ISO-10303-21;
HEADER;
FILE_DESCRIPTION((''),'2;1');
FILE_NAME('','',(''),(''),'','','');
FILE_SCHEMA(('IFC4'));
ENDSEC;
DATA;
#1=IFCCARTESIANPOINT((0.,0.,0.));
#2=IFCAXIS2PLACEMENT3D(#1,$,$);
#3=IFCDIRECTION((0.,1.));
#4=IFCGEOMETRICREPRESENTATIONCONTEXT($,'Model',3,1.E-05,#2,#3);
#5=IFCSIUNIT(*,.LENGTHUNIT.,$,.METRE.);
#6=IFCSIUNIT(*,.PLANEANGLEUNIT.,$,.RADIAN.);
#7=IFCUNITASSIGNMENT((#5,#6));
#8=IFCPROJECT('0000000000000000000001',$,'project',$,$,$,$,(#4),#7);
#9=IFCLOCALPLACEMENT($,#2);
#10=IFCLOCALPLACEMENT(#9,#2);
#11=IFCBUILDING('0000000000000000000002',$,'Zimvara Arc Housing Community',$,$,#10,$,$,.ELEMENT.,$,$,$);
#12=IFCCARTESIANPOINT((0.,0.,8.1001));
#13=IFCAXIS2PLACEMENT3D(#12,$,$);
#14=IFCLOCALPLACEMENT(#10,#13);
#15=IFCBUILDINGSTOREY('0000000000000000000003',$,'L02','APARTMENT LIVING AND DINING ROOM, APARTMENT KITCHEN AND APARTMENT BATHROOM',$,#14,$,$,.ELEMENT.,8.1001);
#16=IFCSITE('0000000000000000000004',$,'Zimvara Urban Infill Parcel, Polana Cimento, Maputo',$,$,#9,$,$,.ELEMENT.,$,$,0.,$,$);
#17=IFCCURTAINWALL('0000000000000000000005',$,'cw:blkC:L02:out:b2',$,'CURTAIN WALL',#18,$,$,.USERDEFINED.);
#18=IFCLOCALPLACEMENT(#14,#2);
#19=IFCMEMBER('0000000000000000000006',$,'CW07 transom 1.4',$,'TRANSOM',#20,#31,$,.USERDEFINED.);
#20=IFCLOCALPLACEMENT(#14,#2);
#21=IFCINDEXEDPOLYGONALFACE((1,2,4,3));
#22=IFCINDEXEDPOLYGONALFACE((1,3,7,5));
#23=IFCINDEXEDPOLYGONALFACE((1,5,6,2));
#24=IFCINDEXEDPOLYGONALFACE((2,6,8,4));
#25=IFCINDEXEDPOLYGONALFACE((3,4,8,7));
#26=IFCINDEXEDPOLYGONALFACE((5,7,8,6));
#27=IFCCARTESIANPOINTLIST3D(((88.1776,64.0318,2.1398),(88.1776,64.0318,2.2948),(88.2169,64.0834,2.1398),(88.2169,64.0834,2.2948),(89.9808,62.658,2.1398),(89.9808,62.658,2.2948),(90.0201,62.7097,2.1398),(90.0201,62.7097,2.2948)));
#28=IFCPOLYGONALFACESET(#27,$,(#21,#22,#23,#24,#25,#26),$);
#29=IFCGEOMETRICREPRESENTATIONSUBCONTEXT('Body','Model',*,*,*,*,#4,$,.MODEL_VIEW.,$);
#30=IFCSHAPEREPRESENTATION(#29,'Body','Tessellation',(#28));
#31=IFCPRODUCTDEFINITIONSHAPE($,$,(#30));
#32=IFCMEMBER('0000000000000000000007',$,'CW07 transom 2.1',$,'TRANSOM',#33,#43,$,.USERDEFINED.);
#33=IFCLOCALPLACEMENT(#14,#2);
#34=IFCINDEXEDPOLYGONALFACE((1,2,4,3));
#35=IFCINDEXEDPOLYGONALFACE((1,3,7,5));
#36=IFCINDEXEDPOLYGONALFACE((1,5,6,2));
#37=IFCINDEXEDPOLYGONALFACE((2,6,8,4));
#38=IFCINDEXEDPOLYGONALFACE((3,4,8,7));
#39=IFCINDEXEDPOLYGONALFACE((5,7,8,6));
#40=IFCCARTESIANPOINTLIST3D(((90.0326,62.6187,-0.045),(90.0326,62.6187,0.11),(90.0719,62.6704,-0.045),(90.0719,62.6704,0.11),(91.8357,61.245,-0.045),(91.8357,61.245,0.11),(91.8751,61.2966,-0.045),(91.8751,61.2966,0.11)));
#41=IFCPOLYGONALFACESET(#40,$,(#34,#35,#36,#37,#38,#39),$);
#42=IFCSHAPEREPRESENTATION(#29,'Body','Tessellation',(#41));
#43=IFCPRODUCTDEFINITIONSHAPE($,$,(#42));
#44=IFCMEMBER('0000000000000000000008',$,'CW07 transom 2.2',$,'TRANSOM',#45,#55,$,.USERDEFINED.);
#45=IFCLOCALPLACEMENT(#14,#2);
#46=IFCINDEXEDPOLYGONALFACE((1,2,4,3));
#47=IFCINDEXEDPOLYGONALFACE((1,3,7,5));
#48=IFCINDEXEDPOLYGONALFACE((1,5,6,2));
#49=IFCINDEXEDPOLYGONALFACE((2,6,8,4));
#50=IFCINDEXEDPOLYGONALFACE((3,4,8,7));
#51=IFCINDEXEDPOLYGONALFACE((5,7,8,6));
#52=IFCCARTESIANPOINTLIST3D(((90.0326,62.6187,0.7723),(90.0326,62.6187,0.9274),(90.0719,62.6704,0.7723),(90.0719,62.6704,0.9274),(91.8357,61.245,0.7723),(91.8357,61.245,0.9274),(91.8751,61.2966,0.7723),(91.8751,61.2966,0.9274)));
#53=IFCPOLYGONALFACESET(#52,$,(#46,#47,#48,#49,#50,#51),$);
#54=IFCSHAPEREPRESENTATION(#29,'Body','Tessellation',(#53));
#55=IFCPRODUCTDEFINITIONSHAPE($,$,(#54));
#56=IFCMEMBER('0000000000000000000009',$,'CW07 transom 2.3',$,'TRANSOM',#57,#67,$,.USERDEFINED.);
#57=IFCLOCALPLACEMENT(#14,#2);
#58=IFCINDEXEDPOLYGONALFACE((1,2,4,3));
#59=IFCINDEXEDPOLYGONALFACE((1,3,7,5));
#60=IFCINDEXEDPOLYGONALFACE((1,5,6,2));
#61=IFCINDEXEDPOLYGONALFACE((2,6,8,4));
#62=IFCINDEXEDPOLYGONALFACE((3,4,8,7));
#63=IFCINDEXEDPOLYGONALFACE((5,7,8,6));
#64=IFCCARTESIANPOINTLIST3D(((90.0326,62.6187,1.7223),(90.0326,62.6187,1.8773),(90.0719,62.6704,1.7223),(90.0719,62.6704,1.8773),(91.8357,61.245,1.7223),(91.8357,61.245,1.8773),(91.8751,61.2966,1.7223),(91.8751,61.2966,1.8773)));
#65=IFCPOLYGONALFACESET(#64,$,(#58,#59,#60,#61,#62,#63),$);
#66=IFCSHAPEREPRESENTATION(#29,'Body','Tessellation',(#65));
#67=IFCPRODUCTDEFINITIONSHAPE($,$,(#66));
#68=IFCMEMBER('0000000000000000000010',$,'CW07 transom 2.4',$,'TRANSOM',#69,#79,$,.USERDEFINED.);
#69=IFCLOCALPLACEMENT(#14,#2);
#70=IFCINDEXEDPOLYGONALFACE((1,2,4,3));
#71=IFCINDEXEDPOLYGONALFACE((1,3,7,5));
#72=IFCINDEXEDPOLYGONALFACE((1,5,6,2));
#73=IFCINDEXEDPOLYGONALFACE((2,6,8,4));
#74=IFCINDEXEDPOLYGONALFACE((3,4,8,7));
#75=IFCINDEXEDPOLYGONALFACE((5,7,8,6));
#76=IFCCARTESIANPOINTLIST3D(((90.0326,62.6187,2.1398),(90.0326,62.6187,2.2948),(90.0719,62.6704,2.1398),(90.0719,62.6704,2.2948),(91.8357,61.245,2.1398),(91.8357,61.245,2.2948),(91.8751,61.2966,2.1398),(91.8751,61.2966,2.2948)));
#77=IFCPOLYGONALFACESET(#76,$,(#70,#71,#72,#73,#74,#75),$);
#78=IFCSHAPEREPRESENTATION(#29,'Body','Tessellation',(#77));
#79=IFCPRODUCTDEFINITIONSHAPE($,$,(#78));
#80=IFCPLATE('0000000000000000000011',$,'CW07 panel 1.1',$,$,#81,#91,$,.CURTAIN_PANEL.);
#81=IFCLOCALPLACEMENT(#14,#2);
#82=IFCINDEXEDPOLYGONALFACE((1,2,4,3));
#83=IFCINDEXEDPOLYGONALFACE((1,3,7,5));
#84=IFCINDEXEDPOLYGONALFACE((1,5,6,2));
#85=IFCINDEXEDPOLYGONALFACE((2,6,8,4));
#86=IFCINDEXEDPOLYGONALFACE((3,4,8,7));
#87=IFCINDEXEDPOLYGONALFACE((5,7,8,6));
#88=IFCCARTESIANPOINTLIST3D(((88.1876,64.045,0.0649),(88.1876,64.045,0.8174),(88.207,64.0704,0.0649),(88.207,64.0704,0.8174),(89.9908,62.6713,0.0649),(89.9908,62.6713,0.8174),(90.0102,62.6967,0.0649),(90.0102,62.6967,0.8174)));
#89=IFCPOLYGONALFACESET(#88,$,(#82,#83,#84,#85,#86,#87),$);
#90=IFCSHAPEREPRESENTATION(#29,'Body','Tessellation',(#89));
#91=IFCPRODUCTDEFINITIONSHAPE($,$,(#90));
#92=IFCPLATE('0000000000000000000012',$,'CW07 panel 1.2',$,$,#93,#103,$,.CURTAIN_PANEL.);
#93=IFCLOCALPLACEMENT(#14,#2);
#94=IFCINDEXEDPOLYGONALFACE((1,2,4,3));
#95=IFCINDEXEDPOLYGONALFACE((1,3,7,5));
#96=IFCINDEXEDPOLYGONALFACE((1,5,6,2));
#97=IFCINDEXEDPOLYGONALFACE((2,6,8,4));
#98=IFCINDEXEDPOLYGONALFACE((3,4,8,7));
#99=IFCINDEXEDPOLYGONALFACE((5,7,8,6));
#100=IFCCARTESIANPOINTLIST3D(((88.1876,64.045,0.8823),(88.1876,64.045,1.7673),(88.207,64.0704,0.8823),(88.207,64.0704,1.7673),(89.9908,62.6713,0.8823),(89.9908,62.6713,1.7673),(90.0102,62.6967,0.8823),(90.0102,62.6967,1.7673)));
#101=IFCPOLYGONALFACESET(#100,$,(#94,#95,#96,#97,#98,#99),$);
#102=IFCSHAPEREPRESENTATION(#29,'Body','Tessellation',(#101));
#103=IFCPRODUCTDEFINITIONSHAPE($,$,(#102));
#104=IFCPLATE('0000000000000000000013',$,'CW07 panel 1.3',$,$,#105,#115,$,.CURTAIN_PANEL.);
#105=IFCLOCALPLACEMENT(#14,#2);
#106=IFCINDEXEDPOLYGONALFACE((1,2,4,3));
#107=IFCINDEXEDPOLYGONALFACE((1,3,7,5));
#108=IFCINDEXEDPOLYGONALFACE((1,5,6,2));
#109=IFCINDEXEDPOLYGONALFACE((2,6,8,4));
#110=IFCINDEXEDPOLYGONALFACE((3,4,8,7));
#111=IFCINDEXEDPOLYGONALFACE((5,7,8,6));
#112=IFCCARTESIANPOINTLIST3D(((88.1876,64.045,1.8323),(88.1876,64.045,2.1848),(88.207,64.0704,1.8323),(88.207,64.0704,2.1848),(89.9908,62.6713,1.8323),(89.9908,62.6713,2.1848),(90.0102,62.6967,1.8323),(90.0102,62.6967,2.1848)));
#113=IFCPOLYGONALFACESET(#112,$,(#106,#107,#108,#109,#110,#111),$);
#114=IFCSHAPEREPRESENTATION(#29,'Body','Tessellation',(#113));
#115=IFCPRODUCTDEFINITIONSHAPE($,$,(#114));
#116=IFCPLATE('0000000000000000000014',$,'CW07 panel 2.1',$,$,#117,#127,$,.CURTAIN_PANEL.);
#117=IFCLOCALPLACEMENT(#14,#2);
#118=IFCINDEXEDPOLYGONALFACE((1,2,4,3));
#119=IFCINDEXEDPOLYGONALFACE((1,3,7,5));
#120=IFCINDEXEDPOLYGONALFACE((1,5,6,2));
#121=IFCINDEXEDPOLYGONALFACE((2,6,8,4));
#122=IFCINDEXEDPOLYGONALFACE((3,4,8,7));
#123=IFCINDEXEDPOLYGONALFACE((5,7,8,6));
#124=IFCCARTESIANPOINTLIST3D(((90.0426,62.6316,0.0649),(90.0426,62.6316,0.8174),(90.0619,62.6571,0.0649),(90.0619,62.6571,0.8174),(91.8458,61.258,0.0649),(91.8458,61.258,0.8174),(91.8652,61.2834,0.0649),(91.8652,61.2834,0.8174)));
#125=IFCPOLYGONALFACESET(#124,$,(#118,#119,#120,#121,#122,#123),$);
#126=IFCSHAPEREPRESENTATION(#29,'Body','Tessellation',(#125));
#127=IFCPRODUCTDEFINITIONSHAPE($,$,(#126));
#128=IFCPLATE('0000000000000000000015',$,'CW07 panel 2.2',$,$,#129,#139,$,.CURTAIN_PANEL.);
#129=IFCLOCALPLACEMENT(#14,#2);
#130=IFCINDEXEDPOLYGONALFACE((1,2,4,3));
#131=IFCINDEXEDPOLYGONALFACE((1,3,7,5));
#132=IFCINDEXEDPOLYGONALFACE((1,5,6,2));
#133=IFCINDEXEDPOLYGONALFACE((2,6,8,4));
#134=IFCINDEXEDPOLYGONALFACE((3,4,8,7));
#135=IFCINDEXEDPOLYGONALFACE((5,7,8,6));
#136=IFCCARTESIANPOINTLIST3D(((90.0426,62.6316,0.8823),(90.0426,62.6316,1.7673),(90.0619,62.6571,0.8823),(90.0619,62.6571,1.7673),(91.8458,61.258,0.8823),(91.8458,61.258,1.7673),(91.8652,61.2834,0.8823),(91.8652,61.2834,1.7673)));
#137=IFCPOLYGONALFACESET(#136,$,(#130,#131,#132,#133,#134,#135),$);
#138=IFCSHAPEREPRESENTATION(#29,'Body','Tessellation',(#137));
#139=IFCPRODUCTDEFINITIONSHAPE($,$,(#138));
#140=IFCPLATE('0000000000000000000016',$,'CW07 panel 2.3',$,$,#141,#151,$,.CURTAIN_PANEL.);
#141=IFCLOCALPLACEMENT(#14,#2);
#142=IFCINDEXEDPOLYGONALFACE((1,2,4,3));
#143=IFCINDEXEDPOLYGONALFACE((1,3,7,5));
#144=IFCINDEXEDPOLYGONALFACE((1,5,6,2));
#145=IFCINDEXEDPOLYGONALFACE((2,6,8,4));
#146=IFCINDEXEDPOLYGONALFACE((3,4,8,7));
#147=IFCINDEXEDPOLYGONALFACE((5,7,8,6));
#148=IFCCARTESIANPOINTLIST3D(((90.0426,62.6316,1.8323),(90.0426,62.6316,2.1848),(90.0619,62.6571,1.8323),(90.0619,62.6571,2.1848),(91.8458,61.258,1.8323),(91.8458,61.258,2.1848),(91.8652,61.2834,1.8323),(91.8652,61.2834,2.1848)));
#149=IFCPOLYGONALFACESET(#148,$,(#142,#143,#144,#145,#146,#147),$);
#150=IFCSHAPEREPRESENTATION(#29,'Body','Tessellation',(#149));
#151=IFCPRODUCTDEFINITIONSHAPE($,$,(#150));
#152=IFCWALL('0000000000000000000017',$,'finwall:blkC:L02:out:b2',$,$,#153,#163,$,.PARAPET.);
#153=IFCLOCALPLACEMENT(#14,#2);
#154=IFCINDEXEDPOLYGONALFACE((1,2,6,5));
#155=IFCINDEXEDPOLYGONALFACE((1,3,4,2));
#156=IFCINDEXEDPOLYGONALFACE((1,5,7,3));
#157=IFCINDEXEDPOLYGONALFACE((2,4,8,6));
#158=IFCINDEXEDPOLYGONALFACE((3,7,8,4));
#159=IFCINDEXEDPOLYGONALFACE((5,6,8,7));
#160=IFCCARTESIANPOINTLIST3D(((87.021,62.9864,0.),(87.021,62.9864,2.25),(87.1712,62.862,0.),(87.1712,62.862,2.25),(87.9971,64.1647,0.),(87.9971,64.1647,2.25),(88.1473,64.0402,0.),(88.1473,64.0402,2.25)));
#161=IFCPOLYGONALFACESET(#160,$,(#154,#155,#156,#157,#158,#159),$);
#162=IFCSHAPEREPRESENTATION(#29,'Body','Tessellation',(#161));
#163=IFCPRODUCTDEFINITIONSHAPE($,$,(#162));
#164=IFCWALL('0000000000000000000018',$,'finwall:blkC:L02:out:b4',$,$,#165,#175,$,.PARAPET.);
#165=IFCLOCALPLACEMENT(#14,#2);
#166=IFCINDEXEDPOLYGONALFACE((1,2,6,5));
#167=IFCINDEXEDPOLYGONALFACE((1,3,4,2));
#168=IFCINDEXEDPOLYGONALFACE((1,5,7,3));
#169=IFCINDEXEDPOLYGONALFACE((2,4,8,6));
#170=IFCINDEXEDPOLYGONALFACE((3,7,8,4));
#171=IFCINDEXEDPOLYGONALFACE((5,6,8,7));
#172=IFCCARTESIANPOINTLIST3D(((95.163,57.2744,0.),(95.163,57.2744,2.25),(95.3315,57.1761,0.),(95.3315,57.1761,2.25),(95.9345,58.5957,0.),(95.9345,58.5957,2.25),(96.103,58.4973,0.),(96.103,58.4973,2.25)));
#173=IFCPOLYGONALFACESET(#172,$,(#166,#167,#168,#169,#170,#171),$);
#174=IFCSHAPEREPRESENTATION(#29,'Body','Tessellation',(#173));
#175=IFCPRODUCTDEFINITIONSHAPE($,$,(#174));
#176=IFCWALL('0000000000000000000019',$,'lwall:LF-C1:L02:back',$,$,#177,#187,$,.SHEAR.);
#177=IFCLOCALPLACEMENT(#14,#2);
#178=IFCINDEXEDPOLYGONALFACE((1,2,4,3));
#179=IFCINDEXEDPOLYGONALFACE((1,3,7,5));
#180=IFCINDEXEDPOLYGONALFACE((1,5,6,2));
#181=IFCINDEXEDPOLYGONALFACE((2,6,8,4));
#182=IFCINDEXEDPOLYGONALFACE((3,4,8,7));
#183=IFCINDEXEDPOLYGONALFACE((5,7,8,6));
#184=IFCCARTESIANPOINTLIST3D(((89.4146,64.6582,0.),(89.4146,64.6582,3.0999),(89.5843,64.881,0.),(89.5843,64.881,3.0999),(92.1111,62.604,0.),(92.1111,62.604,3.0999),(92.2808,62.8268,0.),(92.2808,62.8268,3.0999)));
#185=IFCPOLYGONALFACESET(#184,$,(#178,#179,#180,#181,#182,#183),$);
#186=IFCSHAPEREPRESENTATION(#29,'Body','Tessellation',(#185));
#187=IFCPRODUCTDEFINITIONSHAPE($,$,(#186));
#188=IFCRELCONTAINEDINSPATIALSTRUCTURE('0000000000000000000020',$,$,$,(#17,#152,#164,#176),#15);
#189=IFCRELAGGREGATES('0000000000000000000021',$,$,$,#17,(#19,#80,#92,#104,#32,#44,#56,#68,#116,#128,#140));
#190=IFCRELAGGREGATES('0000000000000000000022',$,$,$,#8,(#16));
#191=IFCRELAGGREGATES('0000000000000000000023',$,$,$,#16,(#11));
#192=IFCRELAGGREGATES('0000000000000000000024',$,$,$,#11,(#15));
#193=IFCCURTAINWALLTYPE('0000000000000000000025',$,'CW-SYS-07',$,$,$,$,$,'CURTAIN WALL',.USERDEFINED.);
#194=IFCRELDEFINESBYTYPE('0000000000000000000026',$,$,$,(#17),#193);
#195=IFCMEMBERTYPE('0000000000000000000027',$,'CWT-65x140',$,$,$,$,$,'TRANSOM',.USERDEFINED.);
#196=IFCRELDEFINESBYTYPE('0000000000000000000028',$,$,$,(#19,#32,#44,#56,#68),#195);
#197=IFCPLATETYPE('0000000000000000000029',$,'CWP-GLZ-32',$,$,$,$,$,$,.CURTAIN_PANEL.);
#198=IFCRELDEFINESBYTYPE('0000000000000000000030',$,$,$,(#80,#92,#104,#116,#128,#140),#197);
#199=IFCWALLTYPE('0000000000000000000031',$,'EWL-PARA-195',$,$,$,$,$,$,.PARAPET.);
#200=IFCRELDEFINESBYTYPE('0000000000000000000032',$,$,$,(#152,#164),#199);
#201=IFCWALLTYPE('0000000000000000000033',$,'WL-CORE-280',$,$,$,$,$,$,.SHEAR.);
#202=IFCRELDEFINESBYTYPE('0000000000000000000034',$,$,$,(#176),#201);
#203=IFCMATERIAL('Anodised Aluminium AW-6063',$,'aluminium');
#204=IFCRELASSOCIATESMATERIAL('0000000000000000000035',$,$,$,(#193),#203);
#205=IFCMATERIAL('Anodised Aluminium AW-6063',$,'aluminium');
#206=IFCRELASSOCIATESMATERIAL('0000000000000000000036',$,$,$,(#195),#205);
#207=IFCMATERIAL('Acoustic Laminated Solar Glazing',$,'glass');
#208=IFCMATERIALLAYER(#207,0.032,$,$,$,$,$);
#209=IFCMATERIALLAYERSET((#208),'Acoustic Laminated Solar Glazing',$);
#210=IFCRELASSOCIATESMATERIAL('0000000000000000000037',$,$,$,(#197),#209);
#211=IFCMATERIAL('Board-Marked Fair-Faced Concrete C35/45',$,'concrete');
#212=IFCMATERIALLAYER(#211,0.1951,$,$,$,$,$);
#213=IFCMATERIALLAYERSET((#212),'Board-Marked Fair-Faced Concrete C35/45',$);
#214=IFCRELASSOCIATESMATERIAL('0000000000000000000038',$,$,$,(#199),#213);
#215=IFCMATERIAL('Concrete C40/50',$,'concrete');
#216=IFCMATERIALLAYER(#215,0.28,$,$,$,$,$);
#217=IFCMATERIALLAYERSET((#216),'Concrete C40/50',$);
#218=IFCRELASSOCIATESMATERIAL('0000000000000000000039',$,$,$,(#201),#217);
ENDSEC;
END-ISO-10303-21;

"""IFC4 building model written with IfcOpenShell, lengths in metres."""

from ifc_helpers import new_model, si_unit, direction, frame, frame_2d, origin, origin_2d, place, context, subcontext, project, spatial, rectangle, extrude, material, layer, layer_set, material_profile, profile_set, type_object, element, aggregate, save


model = new_model("IFC4")

# Units and contexts
model_context = context("Model", 3, precision=1e-05, world=origin(), true_north=direction((0.0, 1.0)))
body_context = subcontext(model_context, "Body", "Model", "MODEL_VIEW")
ifc_project = project(units=[si_unit("LENGTHUNIT", "METRE"), si_unit("PLANEANGLEUNIT", "RADIAN")], contexts=[model_context])

# Site, building, storey
site_placement = place(None, origin())
site = spatial("IfcSite", under=ifc_project, at=site_placement, Name="Zimvara Urban Infill Parcel, Polana Cimento, Maputo", CompositionType="ELEMENT", RefElevation=0.0)
building_placement = place(site_placement, origin())
building = spatial("IfcBuilding", under=site, at=building_placement, Name="Zimvara Arc Housing Community", CompositionType="ELEMENT")
storey_placement = place(building_placement, frame((0.0, 0.0, 8.1001)))
storey = spatial("IfcBuildingStorey", under=building, at=storey_placement, Name="L02", Description="APARTMENT LIVING AND DINING ROOM, APARTMENT KITCHEN AND APARTMENT BATHROOM", CompositionType="ELEMENT", Elevation=8.1001)

# Curtain wall
ifc_material_1 = material(Name="Anodised Aluminium AW-6063", Category="aluminium")
curtain_wall_type_1 = type_object("IfcCurtainWallType", Name="CW-SYS-07", ElementType="CURTAIN WALL", PredefinedType="USERDEFINED", material=ifc_material_1)
curtain_wall_1_placement = place(storey_placement, origin())
curtain_wall_1 = element("IfcCurtainWall", 1, at=curtain_wall_1_placement, inside=storey, type_object=curtain_wall_type_1, Name="cw:blkC:L02:out:b2", ObjectType="CURTAIN WALL", PredefinedType="USERDEFINED")

# Members
ifc_material_2 = material(Name="Anodised Aluminium AW-6063", Category="aluminium")
ifc_material_profile_1 = material_profile(ifc_material_2, rectangle(XDim=0.0649, YDim=0.155, at=origin_2d()), Name="ALU 65x155")
ifc_profile_set_1 = profile_set([ifc_material_profile_1], Name="Anodised Aluminium AW-6063")
member_type_1 = type_object("IfcMemberType", Name="CWT-65x140", ElementType="TRANSOM", PredefinedType="USERDEFINED", material=ifc_profile_set_1)
member_1_placement = place(storey_placement, frame((88.1973, 64.0576, 2.2173), z_axis=(0.795454, -0.606014, 0.0), x_axis=(0.606014, 0.795454, 0.0)))
member_1 = element("IfcMember", 2, at=member_1_placement, type_object=member_type_1, Name="CW07 transom 1.4", ObjectType="TRANSOM", PredefinedType="USERDEFINED", context=body_context, shape_type="SweptSolid", body=[
    extrude(rectangle(XDim=0.0649, YDim=0.155, at=origin_2d()), origin(), (0.0, 0.0, 1.0), 2.2668),
])
member_2_placement = place(storey_placement, frame((90.0522, 62.6445, 0.0325), z_axis=(0.795454, -0.606014, 0.0), x_axis=(0.606014, 0.795454, 0.0)))
member_2 = element("IfcMember", 3, at=member_2_placement, type_object=member_type_1, Name="CW07 transom 2.1", ObjectType="TRANSOM", PredefinedType="USERDEFINED", context=body_context, shape_type="SweptSolid", body=[
    extrude(rectangle(XDim=0.0649, YDim=0.155, at=origin_2d()), origin(), (0.0, 0.0, 1.0), 2.2668),
])
member_3_placement = place(storey_placement, frame((90.0522, 62.6445, 0.8499), z_axis=(0.795454, -0.606014, 0.0), x_axis=(0.606014, 0.795454, 0.0)))
member_3 = element("IfcMember", 4, at=member_3_placement, type_object=member_type_1, Name="CW07 transom 2.2", ObjectType="TRANSOM", PredefinedType="USERDEFINED", context=body_context, shape_type="SweptSolid", body=[
    extrude(rectangle(XDim=0.0649, YDim=0.155, at=origin_2d()), origin(), (0.0, 0.0, 1.0), 2.2668),
])
member_4_placement = place(storey_placement, frame((90.0522, 62.6445, 1.7998), z_axis=(0.795454, -0.606014, 0.0), x_axis=(0.606014, 0.795454, 0.0)))
member_4 = element("IfcMember", 5, at=member_4_placement, type_object=member_type_1, Name="CW07 transom 2.3", ObjectType="TRANSOM", PredefinedType="USERDEFINED", context=body_context, shape_type="SweptSolid", body=[
    extrude(rectangle(XDim=0.0649, YDim=0.155, at=origin_2d()), origin(), (0.0, 0.0, 1.0), 2.2668),
])
member_5_placement = place(storey_placement, frame((90.0522, 62.6445, 2.2173), z_axis=(0.795454, -0.606014, 0.0), x_axis=(0.606014, 0.795454, 0.0)))
member_5 = element("IfcMember", 6, at=member_5_placement, type_object=member_type_1, Name="CW07 transom 2.4", ObjectType="TRANSOM", PredefinedType="USERDEFINED", context=body_context, shape_type="SweptSolid", body=[
    extrude(rectangle(XDim=0.0649, YDim=0.155, at=origin_2d()), origin(), (0.0, 0.0, 1.0), 2.2668),
])

# Plates
ifc_material_3 = material(Name="Acoustic Laminated Solar Glazing", Category="glass")
ifc_layer_1 = layer(ifc_material_3, 0.032)
ifc_layer_set_1 = layer_set([ifc_layer_1], Name="Acoustic Laminated Solar Glazing")
plate_type = type_object("IfcPlateType", Name="CWP-GLZ-32", PredefinedType="CURTAIN_PANEL", material=ifc_layer_set_1)
plate_1_placement = place(storey_placement, frame((89.0989, 63.3708, 0.0649), z_axis=(0.0, 0.0, 1.0), x_axis=(0.795474, -0.605988, 0.0)))
plate_1 = element("IfcPlate", 7, at=plate_1_placement, type_object=plate_type, Name="CW07 panel 1.1", PredefinedType="CURTAIN_PANEL", context=body_context, shape_type="SweptSolid", body=[
    extrude(rectangle(XDim=2.2668, YDim=0.032, at=origin_2d()), origin(), (0.0, 0.0, 1.0), 0.7524),
])
plate_2_placement = place(storey_placement, frame((89.0989, 63.3708, 0.8823), z_axis=(0.0, 0.0, 1.0), x_axis=(0.795474, -0.605988, 0.0)))
plate_2 = element("IfcPlate", 8, at=plate_2_placement, type_object=plate_type, Name="CW07 panel 1.2", PredefinedType="CURTAIN_PANEL", context=body_context, shape_type="SweptSolid", body=[
    extrude(rectangle(XDim=2.2668, YDim=0.032, at=origin_2d()), origin(), (0.0, 0.0, 1.0), 0.885),
])
plate_3_placement = place(storey_placement, frame((89.0989, 63.3708, 1.8323), z_axis=(0.0, 0.0, 1.0), x_axis=(0.795474, -0.605988, 0.0)))
plate_3 = element("IfcPlate", 9, at=plate_3_placement, type_object=plate_type, Name="CW07 panel 1.3", PredefinedType="CURTAIN_PANEL", context=body_context, shape_type="SweptSolid", body=[
    extrude(rectangle(XDim=2.2668, YDim=0.032, at=origin_2d()), origin(), (0.0, 0.0, 1.0), 0.3525),
])
plate_4_placement = place(storey_placement, frame((90.9539, 61.9575, 0.0649), z_axis=(0.0, 0.0, 1.0), x_axis=(0.795474, -0.605988, 0.0)))
plate_4 = element("IfcPlate", 10, at=plate_4_placement, type_object=plate_type, Name="CW07 panel 2.1", PredefinedType="CURTAIN_PANEL", context=body_context, shape_type="SweptSolid", body=[
    extrude(rectangle(XDim=2.2668, YDim=0.032, at=origin_2d()), origin(), (0.0, 0.0, 1.0), 0.7524),
])
plate_5_placement = place(storey_placement, frame((90.9539, 61.9575, 0.8823), z_axis=(0.0, 0.0, 1.0), x_axis=(0.795474, -0.605988, 0.0)))
plate_5 = element("IfcPlate", 11, at=plate_5_placement, type_object=plate_type, Name="CW07 panel 2.2", PredefinedType="CURTAIN_PANEL", context=body_context, shape_type="SweptSolid", body=[
    extrude(rectangle(XDim=2.2668, YDim=0.032, at=origin_2d()), origin(), (0.0, 0.0, 1.0), 0.885),
])
plate_6_placement = place(storey_placement, frame((90.9539, 61.9575, 1.8323), z_axis=(0.0, 0.0, 1.0), x_axis=(0.795474, -0.605988, 0.0)))
plate_6 = element("IfcPlate", 12, at=plate_6_placement, type_object=plate_type, Name="CW07 panel 2.3", PredefinedType="CURTAIN_PANEL", context=body_context, shape_type="SweptSolid", body=[
    extrude(rectangle(XDim=2.2668, YDim=0.032, at=origin_2d()), origin(), (0.0, 0.0, 1.0), 0.3525),
])
aggregate(curtain_wall_1, [member_1, plate_1, plate_2, plate_3, member_2, member_3, member_4, member_5, plate_4, plate_5, plate_6])

# Walls
ifc_material_4 = material(Name="Board-Marked Fair-Faced Concrete C35/45", Category="concrete")
ifc_layer_2 = layer(ifc_material_4, 0.1951)
ifc_layer_set_2 = layer_set([ifc_layer_2], Name="Board-Marked Fair-Faced Concrete C35/45")
wall_type_1 = type_object("IfcWallType", Name="EWL-PARA-195", PredefinedType="PARAPET", material=ifc_layer_set_2)
for number, where, z_axis, x_axis, name in (
    (13, (88.0723, 64.1025, 0.0), (0.0, 0.0, 1.0), (-0.637953, -0.770075, 0.0), "finwall:blkC:L02:out:b2"),
    (14, (96.0188, 58.5466, 0.0), (0.0, 0.0, 1.0), (-0.504228, -0.86357, 0.0), "finwall:blkC:L02:out:b4"),
):
    element("IfcWall", number, at=place(storey_placement, frame(where, z_axis=z_axis, x_axis=x_axis)), inside=storey, type_object=wall_type_1, Name=name, PredefinedType="PARAPET", context=body_context, shape_type="SweptSolid", body=[
        extrude(rectangle(XDim=1.53, YDim=0.1951, at=frame_2d((0.7651, 0.0))), origin(), (0.0, 0.0, 1.0), 2.25),
    ])
ifc_material_5 = material(Name="Concrete C40/50", Category="concrete")
ifc_layer_3 = layer(ifc_material_5, 0.28)
ifc_layer_set_3 = layer_set([ifc_layer_3], Name="Concrete C40/50")
wall_type_2 = type_object("IfcWallType", Name="WL-CORE-280", PredefinedType="SHEAR", material=ifc_layer_set_3)
wall_1_placement = place(storey_placement, frame((89.4995, 64.7695, 0.0), z_axis=(0.0, 0.0, 1.0), x_axis=(0.795475, -0.605987, 0.0)))
element("IfcWall", 15, at=wall_1_placement, inside=storey, type_object=wall_type_2, Name="lwall:LF-C1:L02:back", PredefinedType="SHEAR", context=body_context, shape_type="SweptSolid", body=[
    extrude(rectangle(XDim=3.3899, YDim=0.28, at=frame_2d((1.6948, 0.0))), origin(), (0.0, 0.0, 1.0), 3.0999),
])

save(model, "model.ifc")
